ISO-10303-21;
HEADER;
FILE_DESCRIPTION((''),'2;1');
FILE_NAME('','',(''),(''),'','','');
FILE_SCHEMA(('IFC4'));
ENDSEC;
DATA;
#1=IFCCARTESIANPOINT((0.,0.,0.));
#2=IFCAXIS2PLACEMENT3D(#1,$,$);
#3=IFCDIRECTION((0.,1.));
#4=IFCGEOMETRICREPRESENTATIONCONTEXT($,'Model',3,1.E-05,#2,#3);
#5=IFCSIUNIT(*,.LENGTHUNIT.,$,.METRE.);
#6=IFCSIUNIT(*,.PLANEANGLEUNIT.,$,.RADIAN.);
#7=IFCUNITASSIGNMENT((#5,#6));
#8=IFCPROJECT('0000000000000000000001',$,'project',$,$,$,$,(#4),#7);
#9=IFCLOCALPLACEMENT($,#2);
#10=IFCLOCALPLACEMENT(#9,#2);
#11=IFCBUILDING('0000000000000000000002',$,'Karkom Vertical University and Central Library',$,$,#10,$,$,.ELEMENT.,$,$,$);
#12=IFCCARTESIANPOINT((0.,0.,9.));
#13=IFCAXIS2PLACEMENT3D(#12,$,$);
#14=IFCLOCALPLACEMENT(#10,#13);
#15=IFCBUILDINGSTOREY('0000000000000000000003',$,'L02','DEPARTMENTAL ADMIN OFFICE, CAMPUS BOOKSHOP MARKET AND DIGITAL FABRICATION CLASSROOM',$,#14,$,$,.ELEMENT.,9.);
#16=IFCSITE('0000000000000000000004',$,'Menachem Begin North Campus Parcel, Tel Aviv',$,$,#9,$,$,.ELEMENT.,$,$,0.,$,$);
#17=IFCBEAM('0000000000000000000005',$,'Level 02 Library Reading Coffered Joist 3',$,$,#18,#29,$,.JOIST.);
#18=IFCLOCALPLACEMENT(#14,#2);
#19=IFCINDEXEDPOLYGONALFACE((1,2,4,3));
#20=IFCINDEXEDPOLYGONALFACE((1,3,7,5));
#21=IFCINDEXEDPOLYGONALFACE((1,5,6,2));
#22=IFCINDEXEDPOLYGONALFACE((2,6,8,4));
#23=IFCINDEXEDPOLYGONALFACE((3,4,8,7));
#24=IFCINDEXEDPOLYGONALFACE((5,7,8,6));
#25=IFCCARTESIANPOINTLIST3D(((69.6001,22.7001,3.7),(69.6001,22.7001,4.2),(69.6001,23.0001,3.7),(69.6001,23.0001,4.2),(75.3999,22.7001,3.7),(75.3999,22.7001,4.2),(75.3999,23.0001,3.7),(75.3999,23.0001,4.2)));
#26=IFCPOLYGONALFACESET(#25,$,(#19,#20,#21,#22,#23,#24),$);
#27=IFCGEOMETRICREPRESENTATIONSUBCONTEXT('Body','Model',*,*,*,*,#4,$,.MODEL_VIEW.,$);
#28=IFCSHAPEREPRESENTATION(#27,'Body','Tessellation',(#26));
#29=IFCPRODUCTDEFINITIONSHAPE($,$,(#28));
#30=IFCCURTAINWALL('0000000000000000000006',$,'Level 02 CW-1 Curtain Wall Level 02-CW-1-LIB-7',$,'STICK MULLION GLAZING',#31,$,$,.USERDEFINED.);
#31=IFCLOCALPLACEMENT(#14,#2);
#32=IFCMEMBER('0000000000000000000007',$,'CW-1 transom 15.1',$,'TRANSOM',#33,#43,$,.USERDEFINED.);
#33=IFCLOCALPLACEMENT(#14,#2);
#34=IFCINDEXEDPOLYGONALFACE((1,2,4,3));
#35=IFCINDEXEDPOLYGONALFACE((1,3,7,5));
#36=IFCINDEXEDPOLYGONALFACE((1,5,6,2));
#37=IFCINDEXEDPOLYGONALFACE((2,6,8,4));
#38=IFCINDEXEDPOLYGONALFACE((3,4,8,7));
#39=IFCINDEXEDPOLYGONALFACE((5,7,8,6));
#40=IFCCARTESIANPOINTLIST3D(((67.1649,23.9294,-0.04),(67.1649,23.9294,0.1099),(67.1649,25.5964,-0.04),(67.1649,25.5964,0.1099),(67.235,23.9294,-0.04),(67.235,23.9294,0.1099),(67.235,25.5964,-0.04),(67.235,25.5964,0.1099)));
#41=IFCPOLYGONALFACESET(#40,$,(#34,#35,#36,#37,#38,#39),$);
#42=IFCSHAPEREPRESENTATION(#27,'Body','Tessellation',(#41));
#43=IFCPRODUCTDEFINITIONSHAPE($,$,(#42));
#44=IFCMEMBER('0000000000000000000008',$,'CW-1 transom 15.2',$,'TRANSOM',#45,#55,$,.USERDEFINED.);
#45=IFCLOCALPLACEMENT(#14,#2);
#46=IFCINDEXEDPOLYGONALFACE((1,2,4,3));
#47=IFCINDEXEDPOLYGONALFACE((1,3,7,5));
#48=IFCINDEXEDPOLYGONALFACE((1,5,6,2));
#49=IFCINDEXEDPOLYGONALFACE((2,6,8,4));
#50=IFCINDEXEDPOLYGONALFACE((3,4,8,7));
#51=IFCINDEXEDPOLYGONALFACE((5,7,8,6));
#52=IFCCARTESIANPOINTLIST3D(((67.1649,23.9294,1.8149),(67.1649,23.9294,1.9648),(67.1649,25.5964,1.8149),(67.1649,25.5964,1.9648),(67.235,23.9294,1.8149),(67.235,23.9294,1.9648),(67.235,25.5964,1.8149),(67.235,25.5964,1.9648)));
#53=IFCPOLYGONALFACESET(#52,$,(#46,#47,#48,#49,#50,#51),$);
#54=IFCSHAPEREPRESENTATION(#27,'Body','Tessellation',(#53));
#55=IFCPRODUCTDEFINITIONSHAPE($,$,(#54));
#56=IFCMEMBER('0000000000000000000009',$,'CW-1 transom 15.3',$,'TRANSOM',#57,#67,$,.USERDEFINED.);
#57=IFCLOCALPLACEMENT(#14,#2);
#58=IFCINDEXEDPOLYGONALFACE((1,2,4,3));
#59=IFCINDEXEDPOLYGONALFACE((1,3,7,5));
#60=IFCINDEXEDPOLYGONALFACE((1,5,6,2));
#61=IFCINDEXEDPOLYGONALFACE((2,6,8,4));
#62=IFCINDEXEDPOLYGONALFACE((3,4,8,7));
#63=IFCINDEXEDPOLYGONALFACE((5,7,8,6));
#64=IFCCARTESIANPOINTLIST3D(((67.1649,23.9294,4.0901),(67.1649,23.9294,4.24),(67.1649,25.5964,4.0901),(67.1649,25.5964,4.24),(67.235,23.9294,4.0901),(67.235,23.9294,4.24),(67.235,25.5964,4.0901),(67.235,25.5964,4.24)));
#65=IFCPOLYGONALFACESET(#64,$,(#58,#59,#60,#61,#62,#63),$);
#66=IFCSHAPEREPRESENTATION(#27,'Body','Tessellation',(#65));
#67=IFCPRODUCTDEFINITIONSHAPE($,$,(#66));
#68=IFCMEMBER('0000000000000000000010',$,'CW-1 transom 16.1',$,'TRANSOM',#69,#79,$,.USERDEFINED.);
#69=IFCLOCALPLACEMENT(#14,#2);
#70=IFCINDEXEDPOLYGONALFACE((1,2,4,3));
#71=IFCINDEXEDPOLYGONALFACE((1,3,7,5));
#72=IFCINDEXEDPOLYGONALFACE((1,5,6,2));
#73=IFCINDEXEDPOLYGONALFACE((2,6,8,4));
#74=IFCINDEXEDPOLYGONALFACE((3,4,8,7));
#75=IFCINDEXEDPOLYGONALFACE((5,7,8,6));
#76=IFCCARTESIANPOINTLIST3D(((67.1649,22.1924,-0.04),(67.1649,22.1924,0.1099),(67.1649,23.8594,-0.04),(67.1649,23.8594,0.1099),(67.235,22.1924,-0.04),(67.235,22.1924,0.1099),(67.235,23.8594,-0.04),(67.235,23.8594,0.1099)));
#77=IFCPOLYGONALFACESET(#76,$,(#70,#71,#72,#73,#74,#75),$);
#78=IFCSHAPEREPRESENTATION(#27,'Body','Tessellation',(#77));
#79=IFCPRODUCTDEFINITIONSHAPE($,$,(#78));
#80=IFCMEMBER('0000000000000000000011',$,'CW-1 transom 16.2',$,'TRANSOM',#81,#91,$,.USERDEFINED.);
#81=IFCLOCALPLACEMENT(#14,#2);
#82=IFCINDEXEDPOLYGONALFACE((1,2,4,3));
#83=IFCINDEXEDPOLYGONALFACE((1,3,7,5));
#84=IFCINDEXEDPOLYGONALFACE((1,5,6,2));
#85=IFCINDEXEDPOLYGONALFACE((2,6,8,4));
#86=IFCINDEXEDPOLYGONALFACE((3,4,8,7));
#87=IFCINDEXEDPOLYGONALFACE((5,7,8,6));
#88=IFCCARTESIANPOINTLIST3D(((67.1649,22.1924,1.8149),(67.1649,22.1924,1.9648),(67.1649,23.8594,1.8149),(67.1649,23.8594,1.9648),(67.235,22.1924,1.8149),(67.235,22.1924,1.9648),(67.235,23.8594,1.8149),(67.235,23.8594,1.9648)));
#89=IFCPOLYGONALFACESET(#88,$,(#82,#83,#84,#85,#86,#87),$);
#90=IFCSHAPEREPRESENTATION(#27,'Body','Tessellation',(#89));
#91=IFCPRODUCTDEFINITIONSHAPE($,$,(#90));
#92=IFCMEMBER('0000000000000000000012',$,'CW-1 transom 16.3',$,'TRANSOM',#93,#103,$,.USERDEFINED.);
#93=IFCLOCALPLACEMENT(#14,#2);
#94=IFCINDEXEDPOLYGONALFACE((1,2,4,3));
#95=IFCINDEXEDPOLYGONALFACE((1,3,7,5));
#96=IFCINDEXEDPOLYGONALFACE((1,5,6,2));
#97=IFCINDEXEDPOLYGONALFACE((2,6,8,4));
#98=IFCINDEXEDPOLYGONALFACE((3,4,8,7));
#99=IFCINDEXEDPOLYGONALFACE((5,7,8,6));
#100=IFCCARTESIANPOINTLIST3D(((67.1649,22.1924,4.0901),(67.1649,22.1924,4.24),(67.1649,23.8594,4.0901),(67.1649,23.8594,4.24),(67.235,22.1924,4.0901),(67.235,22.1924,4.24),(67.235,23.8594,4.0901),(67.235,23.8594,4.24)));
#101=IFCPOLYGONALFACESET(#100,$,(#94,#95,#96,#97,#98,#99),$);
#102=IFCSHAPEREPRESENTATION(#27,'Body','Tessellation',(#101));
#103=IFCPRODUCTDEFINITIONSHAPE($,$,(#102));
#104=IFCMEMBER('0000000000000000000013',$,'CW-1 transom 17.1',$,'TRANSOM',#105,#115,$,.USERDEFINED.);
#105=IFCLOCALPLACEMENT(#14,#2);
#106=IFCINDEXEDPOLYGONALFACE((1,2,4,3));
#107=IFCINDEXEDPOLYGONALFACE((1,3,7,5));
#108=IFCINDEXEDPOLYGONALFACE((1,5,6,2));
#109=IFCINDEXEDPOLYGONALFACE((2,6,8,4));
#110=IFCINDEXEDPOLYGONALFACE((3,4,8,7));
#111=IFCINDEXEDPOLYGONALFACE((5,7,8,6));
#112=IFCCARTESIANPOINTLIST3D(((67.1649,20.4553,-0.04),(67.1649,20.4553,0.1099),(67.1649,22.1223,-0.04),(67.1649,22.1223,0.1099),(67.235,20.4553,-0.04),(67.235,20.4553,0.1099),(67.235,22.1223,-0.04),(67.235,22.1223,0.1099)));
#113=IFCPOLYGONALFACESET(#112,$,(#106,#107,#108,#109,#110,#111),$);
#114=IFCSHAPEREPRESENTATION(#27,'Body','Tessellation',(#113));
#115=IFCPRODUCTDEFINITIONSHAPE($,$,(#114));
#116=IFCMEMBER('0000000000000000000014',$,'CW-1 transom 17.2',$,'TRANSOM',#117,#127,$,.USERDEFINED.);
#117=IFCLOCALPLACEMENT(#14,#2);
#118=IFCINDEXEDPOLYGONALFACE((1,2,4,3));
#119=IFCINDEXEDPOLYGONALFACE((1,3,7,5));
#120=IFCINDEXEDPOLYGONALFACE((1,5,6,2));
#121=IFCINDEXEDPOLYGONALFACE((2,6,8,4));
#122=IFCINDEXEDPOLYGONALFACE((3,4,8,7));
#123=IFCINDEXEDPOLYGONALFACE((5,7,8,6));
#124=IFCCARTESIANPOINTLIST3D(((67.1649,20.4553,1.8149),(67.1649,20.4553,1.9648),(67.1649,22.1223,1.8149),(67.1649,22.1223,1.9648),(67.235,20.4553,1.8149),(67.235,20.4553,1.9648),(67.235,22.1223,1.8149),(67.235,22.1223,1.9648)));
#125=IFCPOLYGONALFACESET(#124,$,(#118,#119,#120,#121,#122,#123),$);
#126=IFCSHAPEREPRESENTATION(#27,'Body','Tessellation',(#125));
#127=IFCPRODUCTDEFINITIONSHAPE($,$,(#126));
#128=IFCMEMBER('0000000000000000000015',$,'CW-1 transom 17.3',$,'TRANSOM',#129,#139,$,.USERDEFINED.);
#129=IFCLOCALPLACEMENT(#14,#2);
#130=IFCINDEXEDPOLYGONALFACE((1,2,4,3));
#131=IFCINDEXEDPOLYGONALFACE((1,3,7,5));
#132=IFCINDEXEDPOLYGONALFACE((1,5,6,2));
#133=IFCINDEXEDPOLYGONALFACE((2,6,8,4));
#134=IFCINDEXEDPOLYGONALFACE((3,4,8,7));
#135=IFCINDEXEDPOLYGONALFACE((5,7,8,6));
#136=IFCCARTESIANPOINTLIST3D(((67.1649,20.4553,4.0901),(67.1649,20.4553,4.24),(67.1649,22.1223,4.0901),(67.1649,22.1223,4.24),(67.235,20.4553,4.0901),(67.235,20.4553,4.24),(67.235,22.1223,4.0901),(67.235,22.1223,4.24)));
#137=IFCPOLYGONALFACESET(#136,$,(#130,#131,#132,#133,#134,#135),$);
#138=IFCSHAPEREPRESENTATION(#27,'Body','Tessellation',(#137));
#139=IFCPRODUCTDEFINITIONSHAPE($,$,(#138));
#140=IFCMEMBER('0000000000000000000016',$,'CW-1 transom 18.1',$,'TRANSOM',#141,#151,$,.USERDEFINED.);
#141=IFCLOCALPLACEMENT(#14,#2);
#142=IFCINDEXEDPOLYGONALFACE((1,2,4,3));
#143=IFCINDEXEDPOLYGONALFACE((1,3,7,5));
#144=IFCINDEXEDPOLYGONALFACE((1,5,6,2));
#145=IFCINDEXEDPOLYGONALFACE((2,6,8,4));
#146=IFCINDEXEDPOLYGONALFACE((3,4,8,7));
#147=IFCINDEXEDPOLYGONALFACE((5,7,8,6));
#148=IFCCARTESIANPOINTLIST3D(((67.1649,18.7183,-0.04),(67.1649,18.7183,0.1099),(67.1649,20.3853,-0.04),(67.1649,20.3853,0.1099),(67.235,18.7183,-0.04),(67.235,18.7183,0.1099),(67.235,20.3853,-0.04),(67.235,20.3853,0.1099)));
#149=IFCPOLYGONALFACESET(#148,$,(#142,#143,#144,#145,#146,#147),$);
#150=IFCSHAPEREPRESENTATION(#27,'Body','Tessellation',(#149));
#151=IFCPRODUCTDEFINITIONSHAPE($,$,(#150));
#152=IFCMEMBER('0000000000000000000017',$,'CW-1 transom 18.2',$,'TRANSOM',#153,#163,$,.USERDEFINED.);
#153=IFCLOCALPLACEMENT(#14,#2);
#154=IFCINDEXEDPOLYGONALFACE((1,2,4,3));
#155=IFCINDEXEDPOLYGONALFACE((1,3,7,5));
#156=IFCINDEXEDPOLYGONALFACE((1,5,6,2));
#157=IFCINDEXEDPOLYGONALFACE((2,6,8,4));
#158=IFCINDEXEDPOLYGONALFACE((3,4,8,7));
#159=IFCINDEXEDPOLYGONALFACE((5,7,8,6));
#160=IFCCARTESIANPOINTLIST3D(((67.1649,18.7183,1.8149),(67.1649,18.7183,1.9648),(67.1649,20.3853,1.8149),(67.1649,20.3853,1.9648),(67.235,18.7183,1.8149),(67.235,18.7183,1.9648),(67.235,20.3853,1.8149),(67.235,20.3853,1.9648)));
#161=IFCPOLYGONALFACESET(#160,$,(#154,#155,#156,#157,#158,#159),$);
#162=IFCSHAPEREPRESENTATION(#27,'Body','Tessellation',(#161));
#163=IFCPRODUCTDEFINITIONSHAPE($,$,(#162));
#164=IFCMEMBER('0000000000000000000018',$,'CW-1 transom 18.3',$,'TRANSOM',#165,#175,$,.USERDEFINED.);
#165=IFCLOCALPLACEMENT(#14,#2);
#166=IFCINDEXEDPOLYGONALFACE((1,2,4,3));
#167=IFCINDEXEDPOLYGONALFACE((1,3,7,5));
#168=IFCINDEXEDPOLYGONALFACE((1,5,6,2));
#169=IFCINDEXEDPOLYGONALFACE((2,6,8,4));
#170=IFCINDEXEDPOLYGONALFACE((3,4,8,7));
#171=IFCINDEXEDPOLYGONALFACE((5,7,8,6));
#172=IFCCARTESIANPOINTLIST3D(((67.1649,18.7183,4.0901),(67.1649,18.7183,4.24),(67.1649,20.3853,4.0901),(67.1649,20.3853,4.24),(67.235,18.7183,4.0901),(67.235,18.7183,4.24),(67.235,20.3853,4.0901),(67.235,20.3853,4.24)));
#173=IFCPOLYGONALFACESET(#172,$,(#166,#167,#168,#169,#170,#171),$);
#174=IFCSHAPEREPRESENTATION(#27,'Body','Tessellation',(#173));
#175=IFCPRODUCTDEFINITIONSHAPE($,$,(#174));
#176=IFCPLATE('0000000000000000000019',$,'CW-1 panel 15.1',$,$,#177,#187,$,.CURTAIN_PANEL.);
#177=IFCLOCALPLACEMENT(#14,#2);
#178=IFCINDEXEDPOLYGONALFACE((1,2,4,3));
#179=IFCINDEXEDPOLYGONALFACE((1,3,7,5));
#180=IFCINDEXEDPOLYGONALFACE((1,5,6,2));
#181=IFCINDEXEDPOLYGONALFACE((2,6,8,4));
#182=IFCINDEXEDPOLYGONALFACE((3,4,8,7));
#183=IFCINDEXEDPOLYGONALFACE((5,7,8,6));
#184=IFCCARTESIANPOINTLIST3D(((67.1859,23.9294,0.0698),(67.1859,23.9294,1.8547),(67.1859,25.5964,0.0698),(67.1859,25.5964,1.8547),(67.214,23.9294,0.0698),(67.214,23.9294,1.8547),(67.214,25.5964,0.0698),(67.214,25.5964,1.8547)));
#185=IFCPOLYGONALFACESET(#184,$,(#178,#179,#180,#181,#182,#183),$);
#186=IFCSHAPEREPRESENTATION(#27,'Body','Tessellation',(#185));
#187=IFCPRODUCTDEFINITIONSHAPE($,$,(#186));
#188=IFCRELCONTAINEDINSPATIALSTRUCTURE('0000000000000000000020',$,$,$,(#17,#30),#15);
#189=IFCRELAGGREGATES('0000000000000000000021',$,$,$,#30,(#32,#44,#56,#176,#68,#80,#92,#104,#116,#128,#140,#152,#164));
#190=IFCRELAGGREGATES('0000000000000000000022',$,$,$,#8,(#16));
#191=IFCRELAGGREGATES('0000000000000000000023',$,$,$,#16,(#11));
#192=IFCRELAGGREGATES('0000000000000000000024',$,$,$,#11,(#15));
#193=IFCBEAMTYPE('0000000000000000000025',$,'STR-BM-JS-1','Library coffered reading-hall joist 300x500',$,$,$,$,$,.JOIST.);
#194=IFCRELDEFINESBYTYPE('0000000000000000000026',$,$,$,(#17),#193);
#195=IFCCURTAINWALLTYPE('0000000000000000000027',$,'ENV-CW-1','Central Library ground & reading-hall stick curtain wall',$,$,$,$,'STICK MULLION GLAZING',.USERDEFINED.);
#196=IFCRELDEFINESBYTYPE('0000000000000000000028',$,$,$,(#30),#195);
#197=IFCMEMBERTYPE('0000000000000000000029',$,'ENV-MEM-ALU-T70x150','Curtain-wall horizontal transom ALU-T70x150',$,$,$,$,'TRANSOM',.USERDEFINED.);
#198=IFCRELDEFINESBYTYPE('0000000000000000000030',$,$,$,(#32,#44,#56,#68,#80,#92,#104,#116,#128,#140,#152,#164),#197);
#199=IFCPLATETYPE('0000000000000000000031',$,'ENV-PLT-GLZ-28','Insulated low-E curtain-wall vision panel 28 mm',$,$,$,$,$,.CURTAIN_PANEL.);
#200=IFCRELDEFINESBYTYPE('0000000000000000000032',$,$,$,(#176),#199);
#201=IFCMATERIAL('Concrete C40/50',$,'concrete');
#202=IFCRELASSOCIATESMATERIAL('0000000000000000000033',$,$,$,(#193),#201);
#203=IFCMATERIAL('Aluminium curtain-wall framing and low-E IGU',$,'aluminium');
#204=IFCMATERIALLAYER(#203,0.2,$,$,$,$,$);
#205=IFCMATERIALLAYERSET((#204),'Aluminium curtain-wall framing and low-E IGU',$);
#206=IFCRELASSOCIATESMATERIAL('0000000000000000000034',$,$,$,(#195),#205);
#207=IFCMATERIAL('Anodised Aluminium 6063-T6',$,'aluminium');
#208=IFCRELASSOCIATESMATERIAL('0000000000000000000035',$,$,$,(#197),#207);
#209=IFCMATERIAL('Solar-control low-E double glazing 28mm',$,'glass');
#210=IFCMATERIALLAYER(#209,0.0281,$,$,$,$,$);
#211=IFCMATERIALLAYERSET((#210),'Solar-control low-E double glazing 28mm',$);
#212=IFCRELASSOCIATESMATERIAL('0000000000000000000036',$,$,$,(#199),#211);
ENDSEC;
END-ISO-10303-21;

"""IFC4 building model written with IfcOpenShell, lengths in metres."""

from ifc_helpers import new_model, si_unit, direction, frame, origin, origin_with_axes, origin_2d, place, context, subcontext, project, spatial, rectangle, extrude, source, transform, mapped, material, layer, layer_set, material_profile, profile_set, type_object, element, aggregate, save


model = new_model("IFC4")

# Units and contexts
model_context = context("Model", 3, precision=1e-05, world=origin(), true_north=direction((0.0, 1.0)))
body_context = subcontext(model_context, "Body", "Model", "MODEL_VIEW")
ifc_project = project(units=[si_unit("LENGTHUNIT", "METRE"), si_unit("PLANEANGLEUNIT", "RADIAN")], contexts=[model_context])

# Site, building, storey
site_placement = place(None, origin())
site = spatial("IfcSite", under=ifc_project, at=site_placement, Name="Menachem Begin North Campus Parcel, Tel Aviv", CompositionType="ELEMENT", RefElevation=0.0)
building_placement = place(site_placement, origin())
building = spatial("IfcBuilding", under=site, at=building_placement, Name="Karkom Vertical University and Central Library", CompositionType="ELEMENT")
storey_placement = place(building_placement, frame((0.0, 0.0, 9.0)))
storey = spatial("IfcBuildingStorey", under=building, at=storey_placement, Name="L02", Description="DEPARTMENTAL ADMIN OFFICE, CAMPUS BOOKSHOP MARKET AND DIGITAL FABRICATION CLASSROOM", CompositionType="ELEMENT", Elevation=9.0)

# Beam
ifc_material_1 = material(Name="Concrete C40/50", Category="concrete")
ifc_material_profile_1 = material_profile(ifc_material_1, rectangle(XDim=0.3, YDim=0.5, at=origin_2d()), Name="RCJ-300x500")
ifc_profile_set_1 = profile_set([ifc_material_profile_1], Name="Concrete C40/50")
beam_type = type_object("IfcBeamType", Name="STR-BM-JS-1", Description="Library coffered reading-hall joist 300x500", PredefinedType="JOIST", material=ifc_profile_set_1)
shared_shape_1 = source(origin_with_axes(), body_context, "Body", "SweptSolid", [
    extrude(rectangle(XDim=0.3, YDim=0.5, at=origin_2d()), origin(), (0.0, 0.0, 1.0), 5.7998),
])
beam_placement = place(storey_placement, frame((69.6001, 22.8501, 3.95), z_axis=(1.0, 0.0, 0.0), x_axis=(0.0, 1.0, 0.0)))
element("IfcBeam", 1, at=beam_placement, inside=storey, type_object=beam_type, Name="Level 02 Library Reading Coffered Joist 3", PredefinedType="JOIST", context=body_context, shape_type="MappedRepresentation", body=[
    mapped(shared_shape_1, transform((0.0, 0.0, 0.0), scale=1.0)),
])

# Curtain wall, members, plate
ifc_material_2 = material(Name="Aluminium curtain-wall framing and low-E IGU", Category="aluminium")
ifc_layer_1 = layer(ifc_material_2, 0.2)
ifc_layer_set_1 = layer_set([ifc_layer_1], Name="Aluminium curtain-wall framing and low-E IGU")
curtain_wall_type = type_object("IfcCurtainWallType", Name="ENV-CW-1", Description="Central Library ground & reading-hall stick curtain wall", ElementType="STICK MULLION GLAZING", PredefinedType="USERDEFINED", material=ifc_layer_set_1)
curtain_wall_placement = place(storey_placement, origin())
curtain_wall = element("IfcCurtainWall", 2, at=curtain_wall_placement, inside=storey, type_object=curtain_wall_type, Name="Level 02 CW-1 Curtain Wall Level 02-CW-1-LIB-7", ObjectType="STICK MULLION GLAZING", PredefinedType="USERDEFINED")
ifc_material_3 = material(Name="Anodised Aluminium 6063-T6", Category="aluminium")
ifc_material_profile_2 = material_profile(ifc_material_3, rectangle(XDim=0.0701, YDim=0.1499, at=origin_2d()), Name="ALU-T70x150")
ifc_profile_set_2 = profile_set([ifc_material_profile_2], Name="Anodised Aluminium 6063-T6")
member_type = type_object("IfcMemberType", Name="ENV-MEM-ALU-T70x150", Description="Curtain-wall horizontal transom ALU-T70x150", ElementType="TRANSOM", PredefinedType="USERDEFINED", material=ifc_profile_set_2)
shared_shape_2 = source(origin_with_axes(), body_context, "Body", "SweptSolid", [
    extrude(rectangle(XDim=0.0701, YDim=0.1499, at=origin_2d()), origin(), (0.0, 0.0, 1.0), 1.667),
])
member_1_placement = place(storey_placement, frame((67.2, 25.5964, 0.0349), z_axis=(0.0, -1.0, 0.0), x_axis=(1.0, 0.0, 0.0)))
member_1 = element("IfcMember", 3, at=member_1_placement, type_object=member_type, Name="CW-1 transom 15.1", ObjectType="TRANSOM", PredefinedType="USERDEFINED", context=body_context, shape_type="MappedRepresentation", body=[
    mapped(shared_shape_2, transform((0.0, 0.0, 0.0), scale=1.0)),
])
member_2_placement = place(storey_placement, frame((67.2, 25.5964, 1.8899), z_axis=(0.0, -1.0, 0.0), x_axis=(1.0, 0.0, 0.0)))
member_2 = element("IfcMember", 4, at=member_2_placement, type_object=member_type, Name="CW-1 transom 15.2", ObjectType="TRANSOM", PredefinedType="USERDEFINED", context=body_context, shape_type="MappedRepresentation", body=[
    mapped(shared_shape_2, transform((0.0, 0.0, 0.0), scale=1.0)),
])
member_3_placement = place(storey_placement, frame((67.2, 25.5964, 4.165), z_axis=(0.0, -1.0, 0.0), x_axis=(1.0, 0.0, 0.0)))
member_3 = element("IfcMember", 5, at=member_3_placement, type_object=member_type, Name="CW-1 transom 15.3", ObjectType="TRANSOM", PredefinedType="USERDEFINED", context=body_context, shape_type="MappedRepresentation", body=[
    mapped(shared_shape_2, transform((0.0, 0.0, 0.0), scale=1.0)),
])
member_4_placement = place(storey_placement, frame((67.2, 23.8594, 0.0349), z_axis=(0.0, -1.0, 0.0), x_axis=(1.0, 0.0, 0.0)))
member_4 = element("IfcMember", 6, at=member_4_placement, type_object=member_type, Name="CW-1 transom 16.1", ObjectType="TRANSOM", PredefinedType="USERDEFINED", context=body_context, shape_type="MappedRepresentation", body=[
    mapped(shared_shape_2, transform((0.0, 0.0, 0.0), scale=1.0)),
])
member_5_placement = place(storey_placement, frame((67.2, 23.8594, 1.8899), z_axis=(0.0, -1.0, 0.0), x_axis=(1.0, 0.0, 0.0)))
member_5 = element("IfcMember", 7, at=member_5_placement, type_object=member_type, Name="CW-1 transom 16.2", ObjectType="TRANSOM", PredefinedType="USERDEFINED", context=body_context, shape_type="MappedRepresentation", body=[
    mapped(shared_shape_2, transform((0.0, 0.0, 0.0), scale=1.0)),
])
member_6_placement = place(storey_placement, frame((67.2, 23.8594, 4.165), z_axis=(0.0, -1.0, 0.0), x_axis=(1.0, 0.0, 0.0)))
member_6 = element("IfcMember", 8, at=member_6_placement, type_object=member_type, Name="CW-1 transom 16.3", ObjectType="TRANSOM", PredefinedType="USERDEFINED", context=body_context, shape_type="MappedRepresentation", body=[
    mapped(shared_shape_2, transform((0.0, 0.0, 0.0), scale=1.0)),
])
member_7_placement = place(storey_placement, frame((67.2, 22.1223, 0.0349), z_axis=(0.0, -1.0, 0.0), x_axis=(1.0, 0.0, 0.0)))
member_7 = element("IfcMember", 9, at=member_7_placement, type_object=member_type, Name="CW-1 transom 17.1", ObjectType="TRANSOM", PredefinedType="USERDEFINED", context=body_context, shape_type="MappedRepresentation", body=[
    mapped(shared_shape_2, transform((0.0, 0.0, 0.0), scale=1.0)),
])
member_8_placement = place(storey_placement, frame((67.2, 22.1223, 1.8899), z_axis=(0.0, -1.0, 0.0), x_axis=(1.0, 0.0, 0.0)))
member_8 = element("IfcMember", 10, at=member_8_placement, type_object=member_type, Name="CW-1 transom 17.2", ObjectType="TRANSOM", PredefinedType="USERDEFINED", context=body_context, shape_type="MappedRepresentation", body=[
    mapped(shared_shape_2, transform((0.0, 0.0, 0.0), scale=1.0)),
])
member_9_placement = place(storey_placement, frame((67.2, 22.1223, 4.165), z_axis=(0.0, -1.0, 0.0), x_axis=(1.0, 0.0, 0.0)))
member_9 = element("IfcMember", 11, at=member_9_placement, type_object=member_type, Name="CW-1 transom 17.3", ObjectType="TRANSOM", PredefinedType="USERDEFINED", context=body_context, shape_type="MappedRepresentation", body=[
    mapped(shared_shape_2, transform((0.0, 0.0, 0.0), scale=1.0)),
])
member_10_placement = place(storey_placement, frame((67.2, 20.3853, 0.0349), z_axis=(0.0, -1.0, 0.0), x_axis=(1.0, 0.0, 0.0)))
member_10 = element("IfcMember", 12, at=member_10_placement, type_object=member_type, Name="CW-1 transom 18.1", ObjectType="TRANSOM", PredefinedType="USERDEFINED", context=body_context, shape_type="MappedRepresentation", body=[
    mapped(shared_shape_2, transform((0.0, 0.0, 0.0), scale=1.0)),
])
member_11_placement = place(storey_placement, frame((67.2, 20.3853, 1.8899), z_axis=(0.0, -1.0, 0.0), x_axis=(1.0, 0.0, 0.0)))
member_11 = element("IfcMember", 13, at=member_11_placement, type_object=member_type, Name="CW-1 transom 18.2", ObjectType="TRANSOM", PredefinedType="USERDEFINED", context=body_context, shape_type="MappedRepresentation", body=[
    mapped(shared_shape_2, transform((0.0, 0.0, 0.0), scale=1.0)),
])
member_12_placement = place(storey_placement, frame((67.2, 20.3853, 4.165), z_axis=(0.0, -1.0, 0.0), x_axis=(1.0, 0.0, 0.0)))
member_12 = element("IfcMember", 14, at=member_12_placement, type_object=member_type, Name="CW-1 transom 18.3", ObjectType="TRANSOM", PredefinedType="USERDEFINED", context=body_context, shape_type="MappedRepresentation", body=[
    mapped(shared_shape_2, transform((0.0, 0.0, 0.0), scale=1.0)),
])
ifc_material_4 = material(Name="Solar-control low-E double glazing 28mm", Category="glass")
ifc_layer_2 = layer(ifc_material_4, 0.0281)
ifc_layer_set_2 = layer_set([ifc_layer_2], Name="Solar-control low-E double glazing 28mm")
plate_type = type_object("IfcPlateType", Name="ENV-PLT-GLZ-28", Description="Insulated low-E curtain-wall vision panel 28 mm", PredefinedType="CURTAIN_PANEL", material=ifc_layer_set_2)
shared_shape_3 = source(origin_with_axes(), body_context, "Body", "SweptSolid", [
    extrude(rectangle(XDim=1.667, YDim=0.0281, at=origin_2d()), origin(), (0.0, 0.0, 1.0), 1.7849),
])
plate_1_placement = place(storey_placement, frame((67.2, 24.7629, 0.0698), z_axis=(0.0, 0.0, 1.0), x_axis=(0.0, -1.0, 0.0)))
plate_1 = element("IfcPlate", 15, at=plate_1_placement, type_object=plate_type, Name="CW-1 panel 15.1", PredefinedType="CURTAIN_PANEL", context=body_context, shape_type="MappedRepresentation", body=[
    mapped(shared_shape_3, transform((0.0, 0.0, 0.0), scale=1.0)),
])
aggregate(curtain_wall, [member_1, member_2, member_3, plate_1, member_4, member_5, member_6, member_7, member_8, member_9, member_10, member_11, member_12])

save(model, "model.ifc")
